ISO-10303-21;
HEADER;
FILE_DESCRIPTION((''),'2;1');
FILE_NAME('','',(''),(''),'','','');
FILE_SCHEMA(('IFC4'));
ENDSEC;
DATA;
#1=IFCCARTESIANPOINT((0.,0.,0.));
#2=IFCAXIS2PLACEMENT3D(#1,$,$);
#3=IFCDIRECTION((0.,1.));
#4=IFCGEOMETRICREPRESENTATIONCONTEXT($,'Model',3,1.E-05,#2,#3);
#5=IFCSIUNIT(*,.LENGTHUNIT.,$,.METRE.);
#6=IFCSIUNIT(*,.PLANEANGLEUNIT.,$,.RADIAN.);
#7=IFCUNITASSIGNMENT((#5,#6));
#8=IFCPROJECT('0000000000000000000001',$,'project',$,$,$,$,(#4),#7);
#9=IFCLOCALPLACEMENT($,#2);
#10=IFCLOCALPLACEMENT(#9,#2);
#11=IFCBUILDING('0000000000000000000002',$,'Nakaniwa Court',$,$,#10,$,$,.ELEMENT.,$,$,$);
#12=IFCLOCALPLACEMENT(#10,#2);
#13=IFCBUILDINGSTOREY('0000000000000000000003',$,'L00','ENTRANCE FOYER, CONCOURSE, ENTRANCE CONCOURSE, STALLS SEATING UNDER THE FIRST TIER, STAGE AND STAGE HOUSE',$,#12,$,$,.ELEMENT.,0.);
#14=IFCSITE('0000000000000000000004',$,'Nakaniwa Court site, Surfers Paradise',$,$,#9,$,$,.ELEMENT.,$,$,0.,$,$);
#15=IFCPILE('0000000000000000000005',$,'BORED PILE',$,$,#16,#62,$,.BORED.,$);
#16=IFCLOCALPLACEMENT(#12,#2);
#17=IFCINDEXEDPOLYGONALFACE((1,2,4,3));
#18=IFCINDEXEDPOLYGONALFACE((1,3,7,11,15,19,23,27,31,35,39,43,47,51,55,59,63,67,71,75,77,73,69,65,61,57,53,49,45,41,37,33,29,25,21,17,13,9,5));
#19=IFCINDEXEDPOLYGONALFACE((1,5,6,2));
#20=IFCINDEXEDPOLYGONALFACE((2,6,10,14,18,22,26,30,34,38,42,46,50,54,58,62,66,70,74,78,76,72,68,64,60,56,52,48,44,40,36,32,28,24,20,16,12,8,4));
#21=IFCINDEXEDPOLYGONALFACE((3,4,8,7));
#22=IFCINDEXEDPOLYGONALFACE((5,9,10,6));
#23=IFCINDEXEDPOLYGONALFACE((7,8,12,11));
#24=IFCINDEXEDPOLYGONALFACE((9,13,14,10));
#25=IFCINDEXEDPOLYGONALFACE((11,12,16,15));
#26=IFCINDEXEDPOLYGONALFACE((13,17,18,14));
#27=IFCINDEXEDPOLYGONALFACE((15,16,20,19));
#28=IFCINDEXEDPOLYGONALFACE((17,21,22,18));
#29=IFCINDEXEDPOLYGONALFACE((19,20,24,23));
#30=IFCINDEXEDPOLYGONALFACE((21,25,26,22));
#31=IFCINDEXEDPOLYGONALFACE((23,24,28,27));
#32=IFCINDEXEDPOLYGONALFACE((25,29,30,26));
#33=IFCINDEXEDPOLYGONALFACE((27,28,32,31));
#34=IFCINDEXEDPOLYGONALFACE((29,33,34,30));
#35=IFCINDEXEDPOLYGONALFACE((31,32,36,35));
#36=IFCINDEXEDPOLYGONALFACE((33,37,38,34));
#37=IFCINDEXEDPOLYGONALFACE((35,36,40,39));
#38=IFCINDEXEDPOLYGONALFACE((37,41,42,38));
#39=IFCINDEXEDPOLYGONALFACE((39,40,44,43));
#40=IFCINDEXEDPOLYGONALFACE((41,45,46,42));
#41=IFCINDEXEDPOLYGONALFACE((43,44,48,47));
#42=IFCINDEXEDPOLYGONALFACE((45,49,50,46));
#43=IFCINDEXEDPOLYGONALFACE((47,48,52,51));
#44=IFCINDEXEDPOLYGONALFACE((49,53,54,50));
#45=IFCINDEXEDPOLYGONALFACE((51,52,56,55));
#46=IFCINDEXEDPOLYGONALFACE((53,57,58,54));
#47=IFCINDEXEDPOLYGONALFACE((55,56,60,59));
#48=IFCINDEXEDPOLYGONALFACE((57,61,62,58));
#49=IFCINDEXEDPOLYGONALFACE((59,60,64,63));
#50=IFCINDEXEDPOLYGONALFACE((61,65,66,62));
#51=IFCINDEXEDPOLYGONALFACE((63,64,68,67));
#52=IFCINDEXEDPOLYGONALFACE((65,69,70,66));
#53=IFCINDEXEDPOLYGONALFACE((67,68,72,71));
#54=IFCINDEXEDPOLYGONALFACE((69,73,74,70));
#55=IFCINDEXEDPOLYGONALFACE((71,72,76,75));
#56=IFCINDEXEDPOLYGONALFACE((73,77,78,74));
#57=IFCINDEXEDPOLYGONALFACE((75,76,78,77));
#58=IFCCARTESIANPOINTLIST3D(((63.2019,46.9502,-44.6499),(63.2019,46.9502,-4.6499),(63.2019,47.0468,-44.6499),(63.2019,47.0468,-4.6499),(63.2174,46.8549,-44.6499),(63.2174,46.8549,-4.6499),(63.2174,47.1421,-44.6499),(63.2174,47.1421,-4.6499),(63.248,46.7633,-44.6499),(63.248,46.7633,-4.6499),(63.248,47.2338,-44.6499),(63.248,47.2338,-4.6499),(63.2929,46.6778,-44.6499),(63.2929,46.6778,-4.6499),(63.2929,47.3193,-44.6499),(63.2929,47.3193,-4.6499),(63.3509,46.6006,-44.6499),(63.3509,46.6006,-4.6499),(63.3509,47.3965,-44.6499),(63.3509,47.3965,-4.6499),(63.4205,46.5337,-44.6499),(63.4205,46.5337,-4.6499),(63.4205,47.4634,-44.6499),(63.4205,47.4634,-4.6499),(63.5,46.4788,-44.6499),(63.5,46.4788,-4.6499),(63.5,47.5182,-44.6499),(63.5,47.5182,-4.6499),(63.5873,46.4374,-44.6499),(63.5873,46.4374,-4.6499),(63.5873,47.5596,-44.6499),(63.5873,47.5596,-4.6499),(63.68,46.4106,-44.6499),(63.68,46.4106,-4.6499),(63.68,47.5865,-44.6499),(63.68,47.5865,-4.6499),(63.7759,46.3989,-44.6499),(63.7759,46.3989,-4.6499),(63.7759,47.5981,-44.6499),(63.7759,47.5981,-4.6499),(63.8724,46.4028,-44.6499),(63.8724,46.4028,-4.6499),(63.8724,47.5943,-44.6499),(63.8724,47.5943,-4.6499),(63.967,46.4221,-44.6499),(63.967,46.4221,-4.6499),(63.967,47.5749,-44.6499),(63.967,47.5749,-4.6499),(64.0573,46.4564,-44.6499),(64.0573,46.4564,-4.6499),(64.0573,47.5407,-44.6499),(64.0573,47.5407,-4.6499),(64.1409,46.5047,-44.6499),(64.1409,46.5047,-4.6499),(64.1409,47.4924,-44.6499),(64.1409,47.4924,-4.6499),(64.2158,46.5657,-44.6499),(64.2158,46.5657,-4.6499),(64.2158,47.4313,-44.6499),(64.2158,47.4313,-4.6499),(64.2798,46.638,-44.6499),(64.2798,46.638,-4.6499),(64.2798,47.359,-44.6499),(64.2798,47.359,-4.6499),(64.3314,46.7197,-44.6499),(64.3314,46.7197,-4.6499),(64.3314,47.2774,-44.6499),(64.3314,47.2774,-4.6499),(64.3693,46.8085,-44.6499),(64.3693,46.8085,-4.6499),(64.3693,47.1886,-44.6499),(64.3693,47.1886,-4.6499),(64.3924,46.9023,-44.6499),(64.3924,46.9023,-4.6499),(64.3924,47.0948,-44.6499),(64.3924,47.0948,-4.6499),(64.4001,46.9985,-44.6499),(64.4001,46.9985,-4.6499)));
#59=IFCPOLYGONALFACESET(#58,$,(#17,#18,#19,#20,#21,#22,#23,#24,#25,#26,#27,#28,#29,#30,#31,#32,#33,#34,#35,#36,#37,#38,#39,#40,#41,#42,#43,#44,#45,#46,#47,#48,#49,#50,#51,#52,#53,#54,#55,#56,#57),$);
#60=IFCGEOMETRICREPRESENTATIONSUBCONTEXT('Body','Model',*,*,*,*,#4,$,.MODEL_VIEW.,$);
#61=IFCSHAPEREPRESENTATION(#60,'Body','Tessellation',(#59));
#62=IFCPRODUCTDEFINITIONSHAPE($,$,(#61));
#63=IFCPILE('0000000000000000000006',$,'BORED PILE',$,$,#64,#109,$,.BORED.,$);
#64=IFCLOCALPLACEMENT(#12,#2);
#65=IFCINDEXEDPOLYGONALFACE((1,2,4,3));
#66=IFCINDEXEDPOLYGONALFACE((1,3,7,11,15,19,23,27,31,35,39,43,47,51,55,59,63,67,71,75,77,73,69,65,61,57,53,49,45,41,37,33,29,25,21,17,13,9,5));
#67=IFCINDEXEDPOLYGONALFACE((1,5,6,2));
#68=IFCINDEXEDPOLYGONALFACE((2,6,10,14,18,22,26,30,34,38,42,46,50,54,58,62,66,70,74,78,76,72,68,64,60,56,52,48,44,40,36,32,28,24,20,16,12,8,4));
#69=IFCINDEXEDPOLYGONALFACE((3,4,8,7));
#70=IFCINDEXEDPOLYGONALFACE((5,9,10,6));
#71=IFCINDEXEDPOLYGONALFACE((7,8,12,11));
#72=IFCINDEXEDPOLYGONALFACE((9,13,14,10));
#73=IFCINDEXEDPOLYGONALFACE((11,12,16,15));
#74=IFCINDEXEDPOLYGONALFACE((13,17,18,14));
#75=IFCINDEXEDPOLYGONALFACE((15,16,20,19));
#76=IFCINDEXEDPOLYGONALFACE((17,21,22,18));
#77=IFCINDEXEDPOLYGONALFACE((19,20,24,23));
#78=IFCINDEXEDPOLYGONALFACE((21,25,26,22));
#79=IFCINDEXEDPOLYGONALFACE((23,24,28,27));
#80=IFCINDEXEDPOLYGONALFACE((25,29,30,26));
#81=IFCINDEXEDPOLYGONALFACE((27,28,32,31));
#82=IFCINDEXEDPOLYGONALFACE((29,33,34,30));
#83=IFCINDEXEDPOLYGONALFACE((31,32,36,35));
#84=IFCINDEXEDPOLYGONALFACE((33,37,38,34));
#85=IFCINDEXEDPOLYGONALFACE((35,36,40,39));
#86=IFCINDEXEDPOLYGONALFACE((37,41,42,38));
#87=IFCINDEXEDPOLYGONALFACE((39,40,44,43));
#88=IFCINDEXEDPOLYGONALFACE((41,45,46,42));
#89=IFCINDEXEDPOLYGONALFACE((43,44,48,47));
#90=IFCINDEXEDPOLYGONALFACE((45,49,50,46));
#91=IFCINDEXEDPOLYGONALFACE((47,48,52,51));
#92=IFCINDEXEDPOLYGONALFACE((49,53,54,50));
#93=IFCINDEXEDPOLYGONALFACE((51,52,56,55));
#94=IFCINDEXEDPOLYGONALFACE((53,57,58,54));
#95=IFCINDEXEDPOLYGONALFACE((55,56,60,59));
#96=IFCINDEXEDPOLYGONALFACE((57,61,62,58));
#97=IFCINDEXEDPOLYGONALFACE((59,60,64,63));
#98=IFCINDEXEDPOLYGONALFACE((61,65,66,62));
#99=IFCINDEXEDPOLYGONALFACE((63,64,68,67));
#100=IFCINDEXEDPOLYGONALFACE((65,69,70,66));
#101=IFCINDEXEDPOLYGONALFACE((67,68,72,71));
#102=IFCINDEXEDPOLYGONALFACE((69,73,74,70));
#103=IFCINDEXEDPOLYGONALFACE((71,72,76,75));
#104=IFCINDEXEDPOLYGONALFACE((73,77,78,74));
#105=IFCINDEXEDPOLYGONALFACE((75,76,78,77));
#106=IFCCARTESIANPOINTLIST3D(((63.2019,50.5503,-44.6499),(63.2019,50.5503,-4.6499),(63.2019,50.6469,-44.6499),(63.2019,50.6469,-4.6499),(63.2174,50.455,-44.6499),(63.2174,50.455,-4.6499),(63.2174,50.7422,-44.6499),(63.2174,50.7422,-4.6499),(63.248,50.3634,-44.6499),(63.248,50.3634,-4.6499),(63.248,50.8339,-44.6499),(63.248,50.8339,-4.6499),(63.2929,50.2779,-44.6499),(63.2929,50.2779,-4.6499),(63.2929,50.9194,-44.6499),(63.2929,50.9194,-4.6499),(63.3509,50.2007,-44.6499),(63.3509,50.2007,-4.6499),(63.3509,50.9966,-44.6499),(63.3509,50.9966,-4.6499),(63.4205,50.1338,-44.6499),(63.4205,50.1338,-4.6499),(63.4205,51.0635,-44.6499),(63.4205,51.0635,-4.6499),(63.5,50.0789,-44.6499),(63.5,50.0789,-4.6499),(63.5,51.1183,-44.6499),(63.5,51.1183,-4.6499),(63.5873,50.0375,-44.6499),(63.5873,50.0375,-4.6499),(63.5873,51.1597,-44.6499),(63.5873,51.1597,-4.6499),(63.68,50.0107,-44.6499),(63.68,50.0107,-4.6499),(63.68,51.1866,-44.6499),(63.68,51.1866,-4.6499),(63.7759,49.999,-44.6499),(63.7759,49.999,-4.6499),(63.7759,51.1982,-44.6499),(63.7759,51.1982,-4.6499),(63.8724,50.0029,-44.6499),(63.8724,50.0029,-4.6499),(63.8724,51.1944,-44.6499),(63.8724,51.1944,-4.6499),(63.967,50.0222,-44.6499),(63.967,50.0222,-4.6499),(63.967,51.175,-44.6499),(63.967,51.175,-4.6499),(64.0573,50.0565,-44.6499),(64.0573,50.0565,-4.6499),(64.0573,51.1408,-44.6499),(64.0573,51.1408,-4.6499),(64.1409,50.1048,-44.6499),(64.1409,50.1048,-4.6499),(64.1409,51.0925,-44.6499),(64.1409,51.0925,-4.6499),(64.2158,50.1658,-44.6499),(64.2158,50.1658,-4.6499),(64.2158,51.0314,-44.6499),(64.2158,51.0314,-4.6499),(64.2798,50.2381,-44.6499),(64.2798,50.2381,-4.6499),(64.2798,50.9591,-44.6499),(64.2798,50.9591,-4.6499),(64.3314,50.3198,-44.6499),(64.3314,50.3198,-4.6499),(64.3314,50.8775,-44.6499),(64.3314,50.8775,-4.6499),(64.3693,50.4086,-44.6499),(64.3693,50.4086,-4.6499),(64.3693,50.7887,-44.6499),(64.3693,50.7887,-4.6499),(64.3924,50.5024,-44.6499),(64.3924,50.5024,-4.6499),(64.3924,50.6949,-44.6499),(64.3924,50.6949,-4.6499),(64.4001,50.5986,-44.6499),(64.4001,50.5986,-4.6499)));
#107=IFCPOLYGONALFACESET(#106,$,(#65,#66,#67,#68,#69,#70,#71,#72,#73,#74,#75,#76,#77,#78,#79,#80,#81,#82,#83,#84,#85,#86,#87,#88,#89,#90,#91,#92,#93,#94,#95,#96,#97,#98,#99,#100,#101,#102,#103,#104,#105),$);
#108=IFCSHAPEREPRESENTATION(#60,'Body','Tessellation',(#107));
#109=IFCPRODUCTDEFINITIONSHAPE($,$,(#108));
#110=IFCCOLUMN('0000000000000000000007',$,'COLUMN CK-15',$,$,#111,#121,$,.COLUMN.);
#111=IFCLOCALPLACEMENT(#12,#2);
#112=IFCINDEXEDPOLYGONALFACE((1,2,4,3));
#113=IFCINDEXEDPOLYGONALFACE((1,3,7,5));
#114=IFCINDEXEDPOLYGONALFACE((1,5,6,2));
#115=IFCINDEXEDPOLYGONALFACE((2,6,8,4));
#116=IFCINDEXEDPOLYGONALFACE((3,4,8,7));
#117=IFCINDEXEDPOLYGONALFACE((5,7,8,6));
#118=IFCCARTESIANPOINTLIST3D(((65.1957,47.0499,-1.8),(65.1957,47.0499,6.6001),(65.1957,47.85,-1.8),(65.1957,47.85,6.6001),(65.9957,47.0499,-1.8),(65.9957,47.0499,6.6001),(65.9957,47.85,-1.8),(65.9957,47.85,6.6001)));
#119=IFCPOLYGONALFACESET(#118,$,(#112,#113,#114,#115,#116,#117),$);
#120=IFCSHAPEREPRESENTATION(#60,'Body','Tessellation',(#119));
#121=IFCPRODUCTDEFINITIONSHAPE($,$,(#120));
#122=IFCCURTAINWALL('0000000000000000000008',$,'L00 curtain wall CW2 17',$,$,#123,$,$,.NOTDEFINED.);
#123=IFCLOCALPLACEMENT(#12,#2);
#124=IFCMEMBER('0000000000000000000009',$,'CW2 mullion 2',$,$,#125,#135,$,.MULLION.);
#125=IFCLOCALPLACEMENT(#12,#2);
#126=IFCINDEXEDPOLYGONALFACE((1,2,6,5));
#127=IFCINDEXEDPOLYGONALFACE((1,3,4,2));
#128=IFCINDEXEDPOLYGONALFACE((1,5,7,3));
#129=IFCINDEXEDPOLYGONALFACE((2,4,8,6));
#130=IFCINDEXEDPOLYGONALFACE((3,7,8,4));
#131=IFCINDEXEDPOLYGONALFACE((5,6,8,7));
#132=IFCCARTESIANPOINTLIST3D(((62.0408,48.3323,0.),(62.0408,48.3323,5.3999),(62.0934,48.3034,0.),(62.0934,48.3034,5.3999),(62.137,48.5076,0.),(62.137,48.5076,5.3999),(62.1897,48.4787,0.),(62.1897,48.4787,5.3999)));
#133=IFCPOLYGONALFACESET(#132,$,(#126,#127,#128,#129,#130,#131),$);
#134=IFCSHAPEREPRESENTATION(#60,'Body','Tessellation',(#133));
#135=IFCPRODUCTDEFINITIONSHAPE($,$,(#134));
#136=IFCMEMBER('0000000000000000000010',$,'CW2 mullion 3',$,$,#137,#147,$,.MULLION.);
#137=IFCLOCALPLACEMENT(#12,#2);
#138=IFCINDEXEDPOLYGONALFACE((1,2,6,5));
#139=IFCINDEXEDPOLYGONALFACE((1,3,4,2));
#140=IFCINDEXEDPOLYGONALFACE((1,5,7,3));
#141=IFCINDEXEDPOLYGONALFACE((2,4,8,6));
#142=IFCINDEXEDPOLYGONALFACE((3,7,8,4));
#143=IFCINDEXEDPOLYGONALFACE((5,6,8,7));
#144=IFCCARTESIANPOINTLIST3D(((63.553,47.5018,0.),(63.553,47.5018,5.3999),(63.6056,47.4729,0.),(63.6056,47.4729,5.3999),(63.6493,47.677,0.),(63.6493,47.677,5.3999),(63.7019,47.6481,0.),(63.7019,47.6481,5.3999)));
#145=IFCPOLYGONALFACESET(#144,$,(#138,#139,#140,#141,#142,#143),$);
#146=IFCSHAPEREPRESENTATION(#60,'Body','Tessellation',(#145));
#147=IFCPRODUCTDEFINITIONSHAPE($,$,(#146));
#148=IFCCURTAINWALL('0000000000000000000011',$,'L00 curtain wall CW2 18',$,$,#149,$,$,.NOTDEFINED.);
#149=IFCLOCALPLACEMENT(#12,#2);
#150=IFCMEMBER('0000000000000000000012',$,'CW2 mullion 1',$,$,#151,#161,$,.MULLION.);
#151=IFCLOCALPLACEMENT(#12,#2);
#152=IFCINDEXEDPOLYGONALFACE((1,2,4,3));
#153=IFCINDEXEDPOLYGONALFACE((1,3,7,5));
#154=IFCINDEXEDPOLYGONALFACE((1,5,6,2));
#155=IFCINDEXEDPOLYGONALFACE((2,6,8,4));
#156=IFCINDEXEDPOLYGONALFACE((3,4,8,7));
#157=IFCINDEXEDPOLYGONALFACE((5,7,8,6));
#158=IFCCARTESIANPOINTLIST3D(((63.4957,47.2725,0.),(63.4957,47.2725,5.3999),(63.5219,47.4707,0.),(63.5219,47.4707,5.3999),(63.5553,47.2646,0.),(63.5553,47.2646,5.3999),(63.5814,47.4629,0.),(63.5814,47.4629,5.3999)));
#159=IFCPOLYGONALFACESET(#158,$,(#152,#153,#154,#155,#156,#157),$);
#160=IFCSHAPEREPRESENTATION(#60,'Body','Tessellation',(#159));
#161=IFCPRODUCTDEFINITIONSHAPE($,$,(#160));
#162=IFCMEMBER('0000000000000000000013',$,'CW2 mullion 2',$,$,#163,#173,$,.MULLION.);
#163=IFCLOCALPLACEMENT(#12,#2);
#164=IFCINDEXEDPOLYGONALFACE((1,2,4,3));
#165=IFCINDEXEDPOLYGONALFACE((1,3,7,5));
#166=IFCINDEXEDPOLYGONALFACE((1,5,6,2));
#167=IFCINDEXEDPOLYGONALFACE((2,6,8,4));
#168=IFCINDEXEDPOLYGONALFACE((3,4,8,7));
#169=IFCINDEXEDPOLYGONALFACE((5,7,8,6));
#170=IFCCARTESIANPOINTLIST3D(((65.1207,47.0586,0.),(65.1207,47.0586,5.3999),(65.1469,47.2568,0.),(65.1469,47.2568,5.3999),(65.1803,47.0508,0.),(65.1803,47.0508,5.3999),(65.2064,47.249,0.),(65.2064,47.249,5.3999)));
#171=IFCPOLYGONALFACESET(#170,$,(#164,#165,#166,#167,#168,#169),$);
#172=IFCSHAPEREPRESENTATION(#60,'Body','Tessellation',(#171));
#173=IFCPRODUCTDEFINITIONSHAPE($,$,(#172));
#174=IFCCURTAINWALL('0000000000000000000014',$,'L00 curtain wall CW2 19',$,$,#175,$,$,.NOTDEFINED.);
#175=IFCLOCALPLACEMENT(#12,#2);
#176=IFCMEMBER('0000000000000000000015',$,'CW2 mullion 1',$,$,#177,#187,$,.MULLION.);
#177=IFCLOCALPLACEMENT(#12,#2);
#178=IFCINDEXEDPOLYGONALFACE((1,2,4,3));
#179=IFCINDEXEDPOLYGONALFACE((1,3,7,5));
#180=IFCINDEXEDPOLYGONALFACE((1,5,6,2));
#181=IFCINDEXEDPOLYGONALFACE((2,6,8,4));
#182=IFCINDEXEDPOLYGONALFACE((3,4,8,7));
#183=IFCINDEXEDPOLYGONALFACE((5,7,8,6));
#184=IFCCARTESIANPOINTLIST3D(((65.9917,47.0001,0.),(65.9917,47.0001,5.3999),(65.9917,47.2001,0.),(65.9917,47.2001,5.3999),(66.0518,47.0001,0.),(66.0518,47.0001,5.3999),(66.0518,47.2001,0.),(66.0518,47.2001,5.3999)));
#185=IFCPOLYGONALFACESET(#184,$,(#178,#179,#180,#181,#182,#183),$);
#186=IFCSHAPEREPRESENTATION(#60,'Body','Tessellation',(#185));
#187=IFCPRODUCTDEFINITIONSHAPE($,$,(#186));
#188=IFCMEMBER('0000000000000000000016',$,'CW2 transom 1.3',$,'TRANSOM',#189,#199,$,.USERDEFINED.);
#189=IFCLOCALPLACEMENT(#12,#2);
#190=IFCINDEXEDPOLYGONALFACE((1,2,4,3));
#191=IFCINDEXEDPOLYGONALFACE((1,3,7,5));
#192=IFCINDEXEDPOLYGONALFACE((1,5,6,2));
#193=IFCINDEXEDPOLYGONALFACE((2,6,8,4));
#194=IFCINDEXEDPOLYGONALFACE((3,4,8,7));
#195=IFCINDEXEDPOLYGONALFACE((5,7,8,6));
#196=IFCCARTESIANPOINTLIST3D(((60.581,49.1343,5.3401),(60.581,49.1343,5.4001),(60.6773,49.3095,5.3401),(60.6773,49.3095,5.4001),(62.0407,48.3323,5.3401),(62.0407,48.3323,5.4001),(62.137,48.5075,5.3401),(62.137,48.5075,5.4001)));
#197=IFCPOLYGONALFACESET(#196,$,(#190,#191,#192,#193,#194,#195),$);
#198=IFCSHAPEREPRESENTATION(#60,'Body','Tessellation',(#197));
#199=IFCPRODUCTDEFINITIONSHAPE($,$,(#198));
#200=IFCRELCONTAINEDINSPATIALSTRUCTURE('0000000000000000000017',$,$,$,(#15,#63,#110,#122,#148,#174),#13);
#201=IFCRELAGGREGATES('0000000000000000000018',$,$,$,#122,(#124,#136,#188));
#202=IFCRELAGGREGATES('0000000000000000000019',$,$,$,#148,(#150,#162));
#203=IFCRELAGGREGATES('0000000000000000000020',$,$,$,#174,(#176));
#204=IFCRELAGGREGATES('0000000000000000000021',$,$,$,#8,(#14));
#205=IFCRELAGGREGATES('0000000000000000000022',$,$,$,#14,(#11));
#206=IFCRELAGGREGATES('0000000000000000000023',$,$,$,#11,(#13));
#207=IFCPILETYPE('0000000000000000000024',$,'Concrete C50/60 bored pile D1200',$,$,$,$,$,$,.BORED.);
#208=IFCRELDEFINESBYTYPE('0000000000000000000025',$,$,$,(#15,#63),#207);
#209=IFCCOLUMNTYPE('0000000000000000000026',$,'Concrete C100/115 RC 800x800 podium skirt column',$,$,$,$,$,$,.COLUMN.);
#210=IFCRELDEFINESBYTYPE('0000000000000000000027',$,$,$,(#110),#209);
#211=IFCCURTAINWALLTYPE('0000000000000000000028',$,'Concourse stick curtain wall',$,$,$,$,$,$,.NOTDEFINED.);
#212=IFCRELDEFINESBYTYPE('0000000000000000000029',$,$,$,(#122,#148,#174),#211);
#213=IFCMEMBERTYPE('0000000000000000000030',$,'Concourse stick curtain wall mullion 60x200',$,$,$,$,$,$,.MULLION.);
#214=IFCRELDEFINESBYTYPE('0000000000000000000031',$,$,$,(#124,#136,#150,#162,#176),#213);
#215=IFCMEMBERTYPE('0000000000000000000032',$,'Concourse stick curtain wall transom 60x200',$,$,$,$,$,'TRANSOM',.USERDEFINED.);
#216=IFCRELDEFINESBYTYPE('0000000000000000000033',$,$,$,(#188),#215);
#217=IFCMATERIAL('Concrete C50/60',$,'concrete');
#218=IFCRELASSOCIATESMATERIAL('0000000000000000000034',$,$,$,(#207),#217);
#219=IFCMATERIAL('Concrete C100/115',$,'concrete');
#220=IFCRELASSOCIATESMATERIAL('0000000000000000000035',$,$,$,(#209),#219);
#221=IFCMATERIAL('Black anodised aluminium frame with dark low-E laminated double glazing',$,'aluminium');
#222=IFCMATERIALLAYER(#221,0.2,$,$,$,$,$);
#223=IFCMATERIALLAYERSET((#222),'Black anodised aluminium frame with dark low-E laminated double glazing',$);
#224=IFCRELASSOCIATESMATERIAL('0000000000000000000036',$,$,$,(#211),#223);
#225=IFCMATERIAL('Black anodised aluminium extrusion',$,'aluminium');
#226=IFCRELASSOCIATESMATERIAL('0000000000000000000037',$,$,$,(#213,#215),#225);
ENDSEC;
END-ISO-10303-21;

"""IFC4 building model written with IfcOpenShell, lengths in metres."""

from ifc_helpers import new_model, si_unit, direction, frame, origin, origin_2d, place, context, subcontext, project, spatial, rectangle, circle, extrude, material, layer, layer_set, material_profile, profile_set, type_object, element, aggregate, save


model = new_model("IFC4")

# Units and contexts
model_context = context("Model", 3, precision=1e-05, world=origin(), true_north=direction((0.0, 1.0)))
body_context = subcontext(model_context, "Body", "Model", "MODEL_VIEW")
ifc_project = project(units=[si_unit("LENGTHUNIT", "METRE"), si_unit("PLANEANGLEUNIT", "RADIAN")], contexts=[model_context])

# Site, building, storey
site_placement = place(None, origin())
site = spatial("IfcSite", under=ifc_project, at=site_placement, Name="Nakaniwa Court site, Surfers Paradise", CompositionType="ELEMENT", RefElevation=0.0)
building_placement = place(site_placement, origin())
building = spatial("IfcBuilding", under=site, at=building_placement, Name="Nakaniwa Court", CompositionType="ELEMENT")
storey_placement = place(building_placement, origin())
storey = spatial("IfcBuildingStorey", under=building, at=storey_placement, Name="L00", Description="ENTRANCE FOYER, CONCOURSE, ENTRANCE CONCOURSE, STALLS SEATING UNDER THE FIRST TIER, STAGE AND STAGE HOUSE", CompositionType="ELEMENT", Elevation=0.0)

# Piles
ifc_material_1 = material(Name="Concrete C50/60", Category="concrete")
ifc_material_profile_1 = material_profile(ifc_material_1, circle(Radius=0.6001, at=origin_2d()), Name="Concrete C50/60 bored pile D1200")
ifc_profile_set_1 = profile_set([ifc_material_profile_1], Name="Concrete C50/60")
pile_type = type_object("IfcPileType", Name="Concrete C50/60 bored pile D1200", PredefinedType="BORED", material=ifc_profile_set_1)
for number, where, z_axis, x_axis, name in (
    (1, (63.8, 46.9985, -4.6499), (0.0, 0.0, -1.0), (1.0, 0.0, 0.0), "BORED PILE"),
    (2, (63.8, 50.5986, -4.6499), (0.0, 0.0, -1.0), (1.0, 0.0, 0.0), "BORED PILE"),
):
    element("IfcPile", number, at=place(storey_placement, frame(where, z_axis=z_axis, x_axis=x_axis)), inside=storey, type_object=pile_type, Name=name, PredefinedType="BORED", context=body_context, shape_type="SweptSolid", body=[
        extrude(circle(Radius=0.6001, at=origin_2d()), origin(), (0.0, 0.0, 1.0), 40.0),
    ])

# Column
ifc_material_2 = material(Name="Concrete C100/115", Category="concrete")
ifc_material_profile_2 = material_profile(ifc_material_2, rectangle(XDim=0.8, YDim=0.8, at=origin_2d()), Name="Concrete C100/115 RC 800x800 podium skirt column")
ifc_profile_set_2 = profile_set([ifc_material_profile_2], Name="Concrete C100/115")
column_type = type_object("IfcColumnType", Name="Concrete C100/115 RC 800x800 podium skirt column", PredefinedType="COLUMN", material=ifc_profile_set_2)
column_placement = place(storey_placement, frame((65.5957, 47.45, -1.8), z_axis=(0.0, 0.0, 1.0), x_axis=(1.0, 0.0, 0.0)))
element("IfcColumn", 3, at=column_placement, inside=storey, type_object=column_type, Name="COLUMN CK-15", PredefinedType="COLUMN", context=body_context, shape_type="SweptSolid", body=[
    extrude(rectangle(XDim=0.8, YDim=0.8, at=origin_2d()), origin(), (0.0, 0.0, 1.0), 8.4001),
])

# Curtain walls, members
ifc_material_3 = material(Name="Black anodised aluminium frame with dark low-E laminated double glazing", Category="aluminium")
ifc_layer_1 = layer(ifc_material_3, 0.2)
ifc_layer_set_1 = layer_set([ifc_layer_1], Name="Black anodised aluminium frame with dark low-E laminated double glazing")
curtain_wall_type = type_object("IfcCurtainWallType", Name="Concourse stick curtain wall", PredefinedType="NOTDEFINED", material=ifc_layer_set_1)
curtain_wall_1_placement = place(storey_placement, origin())
curtain_wall_1 = element("IfcCurtainWall", 4, at=curtain_wall_1_placement, inside=storey, type_object=curtain_wall_type, Name="L00 curtain wall CW2 17", PredefinedType="NOTDEFINED")
ifc_material_4 = material(Name="Black anodised aluminium extrusion", Category="aluminium")
ifc_material_profile_3 = material_profile(ifc_material_4, rectangle(XDim=0.2, YDim=0.0601, at=origin_2d()), Name="Concourse stick curtain wall mullion 60x200")
ifc_profile_set_3 = profile_set([ifc_material_profile_3], Name="Black anodised aluminium extrusion")
member_type_1 = type_object("IfcMemberType", Name="Concourse stick curtain wall mullion 60x200", PredefinedType="MULLION", material=ifc_profile_set_3)
member_1_placement = place(storey_placement, frame((62.1152, 48.4055, 0.0), z_axis=(0.0, 0.0, 1.0), x_axis=(0.481424, 0.876488, 0.0)))
member_1 = element("IfcMember", 5, at=member_1_placement, type_object=member_type_1, Name="CW2 mullion 2", PredefinedType="MULLION", context=body_context, shape_type="SweptSolid", body=[
    extrude(rectangle(XDim=0.2, YDim=0.0601, at=origin_2d()), origin(), (0.0, 0.0, 1.0), 5.3999),
])
member_2_placement = place(storey_placement, frame((63.6274, 47.575, 0.0), z_axis=(0.0, 0.0, 1.0), x_axis=(0.481424, 0.876488, 0.0)))
member_2 = element("IfcMember", 6, at=member_2_placement, type_object=member_type_1, Name="CW2 mullion 3", PredefinedType="MULLION", context=body_context, shape_type="SweptSolid", body=[
    extrude(rectangle(XDim=0.2, YDim=0.0601, at=origin_2d()), origin(), (0.0, 0.0, 1.0), 5.3999),
])
curtain_wall_2_placement = place(storey_placement, origin())
curtain_wall_2 = element("IfcCurtainWall", 7, at=curtain_wall_2_placement, inside=storey, type_object=curtain_wall_type, Name="L00 curtain wall CW2 18", PredefinedType="NOTDEFINED")
member_3_placement = place(storey_placement, frame((63.5386, 47.3677, 0.0), z_axis=(0.0, 0.0, 1.0), x_axis=(0.130552, 0.991441, 0.0)))
member_3 = element("IfcMember", 8, at=member_3_placement, type_object=member_type_1, Name="CW2 mullion 1", PredefinedType="MULLION", context=body_context, shape_type="SweptSolid", body=[
    extrude(rectangle(XDim=0.2, YDim=0.0601, at=origin_2d()), origin(), (0.0, 0.0, 1.0), 5.3999),
])
member_4_placement = place(storey_placement, frame((65.1636, 47.1538, 0.0), z_axis=(0.0, 0.0, 1.0), x_axis=(0.130552, 0.991441, 0.0)))
member_4 = element("IfcMember", 9, at=member_4_placement, type_object=member_type_1, Name="CW2 mullion 2", PredefinedType="MULLION", context=body_context, shape_type="SweptSolid", body=[
    extrude(rectangle(XDim=0.2, YDim=0.0601, at=origin_2d()), origin(), (0.0, 0.0, 1.0), 5.3999),
])

# Curtain wall, member
curtain_wall_3_placement = place(storey_placement, origin())
curtain_wall_3 = element("IfcCurtainWall", 10, at=curtain_wall_3_placement, inside=storey, type_object=curtain_wall_type, Name="L00 curtain wall CW2 19", PredefinedType="NOTDEFINED")
member_5_placement = place(storey_placement, frame((66.0217, 47.1001, 0.0), z_axis=(0.0, 0.0, 1.0), x_axis=(0.0, 1.0, 0.0)))
member_5 = element("IfcMember", 11, at=member_5_placement, type_object=member_type_1, Name="CW2 mullion 1", PredefinedType="MULLION", context=body_context, shape_type="SweptSolid", body=[
    extrude(rectangle(XDim=0.2, YDim=0.0601, at=origin_2d()), origin(), (0.0, 0.0, 1.0), 5.3999),
])

# Member
ifc_material_profile_4 = material_profile(ifc_material_4, rectangle(XDim=0.2, YDim=0.0601, at=origin_2d()), Name="Concourse stick curtain wall transom 60x200")
ifc_profile_set_4 = profile_set([ifc_material_profile_4], Name="Black anodised aluminium extrusion")
member_type_2 = type_object("IfcMemberType", Name="Concourse stick curtain wall transom 60x200", ElementType="TRANSOM", PredefinedType="USERDEFINED", material=ifc_profile_set_4)
member_6_placement = place(storey_placement, frame((60.6292, 49.2219, 5.3701), z_axis=(0.876429, -0.48153, 0.0), x_axis=(0.48153, 0.876429, 0.0)))
member_6 = element("IfcMember", 12, at=member_6_placement, type_object=member_type_2, Name="CW2 transom 1.3", ObjectType="TRANSOM", PredefinedType="USERDEFINED", context=body_context, shape_type="SweptSolid", body=[
    extrude(rectangle(XDim=0.2, YDim=0.0601, at=origin_2d()), origin(), (0.0, 0.0, 1.0), 1.6655),
])

aggregate(curtain_wall_1, [member_1, member_2, member_6])
aggregate(curtain_wall_2, [member_3, member_4])
aggregate(curtain_wall_3, [member_5])

save(model, "model.ifc")
